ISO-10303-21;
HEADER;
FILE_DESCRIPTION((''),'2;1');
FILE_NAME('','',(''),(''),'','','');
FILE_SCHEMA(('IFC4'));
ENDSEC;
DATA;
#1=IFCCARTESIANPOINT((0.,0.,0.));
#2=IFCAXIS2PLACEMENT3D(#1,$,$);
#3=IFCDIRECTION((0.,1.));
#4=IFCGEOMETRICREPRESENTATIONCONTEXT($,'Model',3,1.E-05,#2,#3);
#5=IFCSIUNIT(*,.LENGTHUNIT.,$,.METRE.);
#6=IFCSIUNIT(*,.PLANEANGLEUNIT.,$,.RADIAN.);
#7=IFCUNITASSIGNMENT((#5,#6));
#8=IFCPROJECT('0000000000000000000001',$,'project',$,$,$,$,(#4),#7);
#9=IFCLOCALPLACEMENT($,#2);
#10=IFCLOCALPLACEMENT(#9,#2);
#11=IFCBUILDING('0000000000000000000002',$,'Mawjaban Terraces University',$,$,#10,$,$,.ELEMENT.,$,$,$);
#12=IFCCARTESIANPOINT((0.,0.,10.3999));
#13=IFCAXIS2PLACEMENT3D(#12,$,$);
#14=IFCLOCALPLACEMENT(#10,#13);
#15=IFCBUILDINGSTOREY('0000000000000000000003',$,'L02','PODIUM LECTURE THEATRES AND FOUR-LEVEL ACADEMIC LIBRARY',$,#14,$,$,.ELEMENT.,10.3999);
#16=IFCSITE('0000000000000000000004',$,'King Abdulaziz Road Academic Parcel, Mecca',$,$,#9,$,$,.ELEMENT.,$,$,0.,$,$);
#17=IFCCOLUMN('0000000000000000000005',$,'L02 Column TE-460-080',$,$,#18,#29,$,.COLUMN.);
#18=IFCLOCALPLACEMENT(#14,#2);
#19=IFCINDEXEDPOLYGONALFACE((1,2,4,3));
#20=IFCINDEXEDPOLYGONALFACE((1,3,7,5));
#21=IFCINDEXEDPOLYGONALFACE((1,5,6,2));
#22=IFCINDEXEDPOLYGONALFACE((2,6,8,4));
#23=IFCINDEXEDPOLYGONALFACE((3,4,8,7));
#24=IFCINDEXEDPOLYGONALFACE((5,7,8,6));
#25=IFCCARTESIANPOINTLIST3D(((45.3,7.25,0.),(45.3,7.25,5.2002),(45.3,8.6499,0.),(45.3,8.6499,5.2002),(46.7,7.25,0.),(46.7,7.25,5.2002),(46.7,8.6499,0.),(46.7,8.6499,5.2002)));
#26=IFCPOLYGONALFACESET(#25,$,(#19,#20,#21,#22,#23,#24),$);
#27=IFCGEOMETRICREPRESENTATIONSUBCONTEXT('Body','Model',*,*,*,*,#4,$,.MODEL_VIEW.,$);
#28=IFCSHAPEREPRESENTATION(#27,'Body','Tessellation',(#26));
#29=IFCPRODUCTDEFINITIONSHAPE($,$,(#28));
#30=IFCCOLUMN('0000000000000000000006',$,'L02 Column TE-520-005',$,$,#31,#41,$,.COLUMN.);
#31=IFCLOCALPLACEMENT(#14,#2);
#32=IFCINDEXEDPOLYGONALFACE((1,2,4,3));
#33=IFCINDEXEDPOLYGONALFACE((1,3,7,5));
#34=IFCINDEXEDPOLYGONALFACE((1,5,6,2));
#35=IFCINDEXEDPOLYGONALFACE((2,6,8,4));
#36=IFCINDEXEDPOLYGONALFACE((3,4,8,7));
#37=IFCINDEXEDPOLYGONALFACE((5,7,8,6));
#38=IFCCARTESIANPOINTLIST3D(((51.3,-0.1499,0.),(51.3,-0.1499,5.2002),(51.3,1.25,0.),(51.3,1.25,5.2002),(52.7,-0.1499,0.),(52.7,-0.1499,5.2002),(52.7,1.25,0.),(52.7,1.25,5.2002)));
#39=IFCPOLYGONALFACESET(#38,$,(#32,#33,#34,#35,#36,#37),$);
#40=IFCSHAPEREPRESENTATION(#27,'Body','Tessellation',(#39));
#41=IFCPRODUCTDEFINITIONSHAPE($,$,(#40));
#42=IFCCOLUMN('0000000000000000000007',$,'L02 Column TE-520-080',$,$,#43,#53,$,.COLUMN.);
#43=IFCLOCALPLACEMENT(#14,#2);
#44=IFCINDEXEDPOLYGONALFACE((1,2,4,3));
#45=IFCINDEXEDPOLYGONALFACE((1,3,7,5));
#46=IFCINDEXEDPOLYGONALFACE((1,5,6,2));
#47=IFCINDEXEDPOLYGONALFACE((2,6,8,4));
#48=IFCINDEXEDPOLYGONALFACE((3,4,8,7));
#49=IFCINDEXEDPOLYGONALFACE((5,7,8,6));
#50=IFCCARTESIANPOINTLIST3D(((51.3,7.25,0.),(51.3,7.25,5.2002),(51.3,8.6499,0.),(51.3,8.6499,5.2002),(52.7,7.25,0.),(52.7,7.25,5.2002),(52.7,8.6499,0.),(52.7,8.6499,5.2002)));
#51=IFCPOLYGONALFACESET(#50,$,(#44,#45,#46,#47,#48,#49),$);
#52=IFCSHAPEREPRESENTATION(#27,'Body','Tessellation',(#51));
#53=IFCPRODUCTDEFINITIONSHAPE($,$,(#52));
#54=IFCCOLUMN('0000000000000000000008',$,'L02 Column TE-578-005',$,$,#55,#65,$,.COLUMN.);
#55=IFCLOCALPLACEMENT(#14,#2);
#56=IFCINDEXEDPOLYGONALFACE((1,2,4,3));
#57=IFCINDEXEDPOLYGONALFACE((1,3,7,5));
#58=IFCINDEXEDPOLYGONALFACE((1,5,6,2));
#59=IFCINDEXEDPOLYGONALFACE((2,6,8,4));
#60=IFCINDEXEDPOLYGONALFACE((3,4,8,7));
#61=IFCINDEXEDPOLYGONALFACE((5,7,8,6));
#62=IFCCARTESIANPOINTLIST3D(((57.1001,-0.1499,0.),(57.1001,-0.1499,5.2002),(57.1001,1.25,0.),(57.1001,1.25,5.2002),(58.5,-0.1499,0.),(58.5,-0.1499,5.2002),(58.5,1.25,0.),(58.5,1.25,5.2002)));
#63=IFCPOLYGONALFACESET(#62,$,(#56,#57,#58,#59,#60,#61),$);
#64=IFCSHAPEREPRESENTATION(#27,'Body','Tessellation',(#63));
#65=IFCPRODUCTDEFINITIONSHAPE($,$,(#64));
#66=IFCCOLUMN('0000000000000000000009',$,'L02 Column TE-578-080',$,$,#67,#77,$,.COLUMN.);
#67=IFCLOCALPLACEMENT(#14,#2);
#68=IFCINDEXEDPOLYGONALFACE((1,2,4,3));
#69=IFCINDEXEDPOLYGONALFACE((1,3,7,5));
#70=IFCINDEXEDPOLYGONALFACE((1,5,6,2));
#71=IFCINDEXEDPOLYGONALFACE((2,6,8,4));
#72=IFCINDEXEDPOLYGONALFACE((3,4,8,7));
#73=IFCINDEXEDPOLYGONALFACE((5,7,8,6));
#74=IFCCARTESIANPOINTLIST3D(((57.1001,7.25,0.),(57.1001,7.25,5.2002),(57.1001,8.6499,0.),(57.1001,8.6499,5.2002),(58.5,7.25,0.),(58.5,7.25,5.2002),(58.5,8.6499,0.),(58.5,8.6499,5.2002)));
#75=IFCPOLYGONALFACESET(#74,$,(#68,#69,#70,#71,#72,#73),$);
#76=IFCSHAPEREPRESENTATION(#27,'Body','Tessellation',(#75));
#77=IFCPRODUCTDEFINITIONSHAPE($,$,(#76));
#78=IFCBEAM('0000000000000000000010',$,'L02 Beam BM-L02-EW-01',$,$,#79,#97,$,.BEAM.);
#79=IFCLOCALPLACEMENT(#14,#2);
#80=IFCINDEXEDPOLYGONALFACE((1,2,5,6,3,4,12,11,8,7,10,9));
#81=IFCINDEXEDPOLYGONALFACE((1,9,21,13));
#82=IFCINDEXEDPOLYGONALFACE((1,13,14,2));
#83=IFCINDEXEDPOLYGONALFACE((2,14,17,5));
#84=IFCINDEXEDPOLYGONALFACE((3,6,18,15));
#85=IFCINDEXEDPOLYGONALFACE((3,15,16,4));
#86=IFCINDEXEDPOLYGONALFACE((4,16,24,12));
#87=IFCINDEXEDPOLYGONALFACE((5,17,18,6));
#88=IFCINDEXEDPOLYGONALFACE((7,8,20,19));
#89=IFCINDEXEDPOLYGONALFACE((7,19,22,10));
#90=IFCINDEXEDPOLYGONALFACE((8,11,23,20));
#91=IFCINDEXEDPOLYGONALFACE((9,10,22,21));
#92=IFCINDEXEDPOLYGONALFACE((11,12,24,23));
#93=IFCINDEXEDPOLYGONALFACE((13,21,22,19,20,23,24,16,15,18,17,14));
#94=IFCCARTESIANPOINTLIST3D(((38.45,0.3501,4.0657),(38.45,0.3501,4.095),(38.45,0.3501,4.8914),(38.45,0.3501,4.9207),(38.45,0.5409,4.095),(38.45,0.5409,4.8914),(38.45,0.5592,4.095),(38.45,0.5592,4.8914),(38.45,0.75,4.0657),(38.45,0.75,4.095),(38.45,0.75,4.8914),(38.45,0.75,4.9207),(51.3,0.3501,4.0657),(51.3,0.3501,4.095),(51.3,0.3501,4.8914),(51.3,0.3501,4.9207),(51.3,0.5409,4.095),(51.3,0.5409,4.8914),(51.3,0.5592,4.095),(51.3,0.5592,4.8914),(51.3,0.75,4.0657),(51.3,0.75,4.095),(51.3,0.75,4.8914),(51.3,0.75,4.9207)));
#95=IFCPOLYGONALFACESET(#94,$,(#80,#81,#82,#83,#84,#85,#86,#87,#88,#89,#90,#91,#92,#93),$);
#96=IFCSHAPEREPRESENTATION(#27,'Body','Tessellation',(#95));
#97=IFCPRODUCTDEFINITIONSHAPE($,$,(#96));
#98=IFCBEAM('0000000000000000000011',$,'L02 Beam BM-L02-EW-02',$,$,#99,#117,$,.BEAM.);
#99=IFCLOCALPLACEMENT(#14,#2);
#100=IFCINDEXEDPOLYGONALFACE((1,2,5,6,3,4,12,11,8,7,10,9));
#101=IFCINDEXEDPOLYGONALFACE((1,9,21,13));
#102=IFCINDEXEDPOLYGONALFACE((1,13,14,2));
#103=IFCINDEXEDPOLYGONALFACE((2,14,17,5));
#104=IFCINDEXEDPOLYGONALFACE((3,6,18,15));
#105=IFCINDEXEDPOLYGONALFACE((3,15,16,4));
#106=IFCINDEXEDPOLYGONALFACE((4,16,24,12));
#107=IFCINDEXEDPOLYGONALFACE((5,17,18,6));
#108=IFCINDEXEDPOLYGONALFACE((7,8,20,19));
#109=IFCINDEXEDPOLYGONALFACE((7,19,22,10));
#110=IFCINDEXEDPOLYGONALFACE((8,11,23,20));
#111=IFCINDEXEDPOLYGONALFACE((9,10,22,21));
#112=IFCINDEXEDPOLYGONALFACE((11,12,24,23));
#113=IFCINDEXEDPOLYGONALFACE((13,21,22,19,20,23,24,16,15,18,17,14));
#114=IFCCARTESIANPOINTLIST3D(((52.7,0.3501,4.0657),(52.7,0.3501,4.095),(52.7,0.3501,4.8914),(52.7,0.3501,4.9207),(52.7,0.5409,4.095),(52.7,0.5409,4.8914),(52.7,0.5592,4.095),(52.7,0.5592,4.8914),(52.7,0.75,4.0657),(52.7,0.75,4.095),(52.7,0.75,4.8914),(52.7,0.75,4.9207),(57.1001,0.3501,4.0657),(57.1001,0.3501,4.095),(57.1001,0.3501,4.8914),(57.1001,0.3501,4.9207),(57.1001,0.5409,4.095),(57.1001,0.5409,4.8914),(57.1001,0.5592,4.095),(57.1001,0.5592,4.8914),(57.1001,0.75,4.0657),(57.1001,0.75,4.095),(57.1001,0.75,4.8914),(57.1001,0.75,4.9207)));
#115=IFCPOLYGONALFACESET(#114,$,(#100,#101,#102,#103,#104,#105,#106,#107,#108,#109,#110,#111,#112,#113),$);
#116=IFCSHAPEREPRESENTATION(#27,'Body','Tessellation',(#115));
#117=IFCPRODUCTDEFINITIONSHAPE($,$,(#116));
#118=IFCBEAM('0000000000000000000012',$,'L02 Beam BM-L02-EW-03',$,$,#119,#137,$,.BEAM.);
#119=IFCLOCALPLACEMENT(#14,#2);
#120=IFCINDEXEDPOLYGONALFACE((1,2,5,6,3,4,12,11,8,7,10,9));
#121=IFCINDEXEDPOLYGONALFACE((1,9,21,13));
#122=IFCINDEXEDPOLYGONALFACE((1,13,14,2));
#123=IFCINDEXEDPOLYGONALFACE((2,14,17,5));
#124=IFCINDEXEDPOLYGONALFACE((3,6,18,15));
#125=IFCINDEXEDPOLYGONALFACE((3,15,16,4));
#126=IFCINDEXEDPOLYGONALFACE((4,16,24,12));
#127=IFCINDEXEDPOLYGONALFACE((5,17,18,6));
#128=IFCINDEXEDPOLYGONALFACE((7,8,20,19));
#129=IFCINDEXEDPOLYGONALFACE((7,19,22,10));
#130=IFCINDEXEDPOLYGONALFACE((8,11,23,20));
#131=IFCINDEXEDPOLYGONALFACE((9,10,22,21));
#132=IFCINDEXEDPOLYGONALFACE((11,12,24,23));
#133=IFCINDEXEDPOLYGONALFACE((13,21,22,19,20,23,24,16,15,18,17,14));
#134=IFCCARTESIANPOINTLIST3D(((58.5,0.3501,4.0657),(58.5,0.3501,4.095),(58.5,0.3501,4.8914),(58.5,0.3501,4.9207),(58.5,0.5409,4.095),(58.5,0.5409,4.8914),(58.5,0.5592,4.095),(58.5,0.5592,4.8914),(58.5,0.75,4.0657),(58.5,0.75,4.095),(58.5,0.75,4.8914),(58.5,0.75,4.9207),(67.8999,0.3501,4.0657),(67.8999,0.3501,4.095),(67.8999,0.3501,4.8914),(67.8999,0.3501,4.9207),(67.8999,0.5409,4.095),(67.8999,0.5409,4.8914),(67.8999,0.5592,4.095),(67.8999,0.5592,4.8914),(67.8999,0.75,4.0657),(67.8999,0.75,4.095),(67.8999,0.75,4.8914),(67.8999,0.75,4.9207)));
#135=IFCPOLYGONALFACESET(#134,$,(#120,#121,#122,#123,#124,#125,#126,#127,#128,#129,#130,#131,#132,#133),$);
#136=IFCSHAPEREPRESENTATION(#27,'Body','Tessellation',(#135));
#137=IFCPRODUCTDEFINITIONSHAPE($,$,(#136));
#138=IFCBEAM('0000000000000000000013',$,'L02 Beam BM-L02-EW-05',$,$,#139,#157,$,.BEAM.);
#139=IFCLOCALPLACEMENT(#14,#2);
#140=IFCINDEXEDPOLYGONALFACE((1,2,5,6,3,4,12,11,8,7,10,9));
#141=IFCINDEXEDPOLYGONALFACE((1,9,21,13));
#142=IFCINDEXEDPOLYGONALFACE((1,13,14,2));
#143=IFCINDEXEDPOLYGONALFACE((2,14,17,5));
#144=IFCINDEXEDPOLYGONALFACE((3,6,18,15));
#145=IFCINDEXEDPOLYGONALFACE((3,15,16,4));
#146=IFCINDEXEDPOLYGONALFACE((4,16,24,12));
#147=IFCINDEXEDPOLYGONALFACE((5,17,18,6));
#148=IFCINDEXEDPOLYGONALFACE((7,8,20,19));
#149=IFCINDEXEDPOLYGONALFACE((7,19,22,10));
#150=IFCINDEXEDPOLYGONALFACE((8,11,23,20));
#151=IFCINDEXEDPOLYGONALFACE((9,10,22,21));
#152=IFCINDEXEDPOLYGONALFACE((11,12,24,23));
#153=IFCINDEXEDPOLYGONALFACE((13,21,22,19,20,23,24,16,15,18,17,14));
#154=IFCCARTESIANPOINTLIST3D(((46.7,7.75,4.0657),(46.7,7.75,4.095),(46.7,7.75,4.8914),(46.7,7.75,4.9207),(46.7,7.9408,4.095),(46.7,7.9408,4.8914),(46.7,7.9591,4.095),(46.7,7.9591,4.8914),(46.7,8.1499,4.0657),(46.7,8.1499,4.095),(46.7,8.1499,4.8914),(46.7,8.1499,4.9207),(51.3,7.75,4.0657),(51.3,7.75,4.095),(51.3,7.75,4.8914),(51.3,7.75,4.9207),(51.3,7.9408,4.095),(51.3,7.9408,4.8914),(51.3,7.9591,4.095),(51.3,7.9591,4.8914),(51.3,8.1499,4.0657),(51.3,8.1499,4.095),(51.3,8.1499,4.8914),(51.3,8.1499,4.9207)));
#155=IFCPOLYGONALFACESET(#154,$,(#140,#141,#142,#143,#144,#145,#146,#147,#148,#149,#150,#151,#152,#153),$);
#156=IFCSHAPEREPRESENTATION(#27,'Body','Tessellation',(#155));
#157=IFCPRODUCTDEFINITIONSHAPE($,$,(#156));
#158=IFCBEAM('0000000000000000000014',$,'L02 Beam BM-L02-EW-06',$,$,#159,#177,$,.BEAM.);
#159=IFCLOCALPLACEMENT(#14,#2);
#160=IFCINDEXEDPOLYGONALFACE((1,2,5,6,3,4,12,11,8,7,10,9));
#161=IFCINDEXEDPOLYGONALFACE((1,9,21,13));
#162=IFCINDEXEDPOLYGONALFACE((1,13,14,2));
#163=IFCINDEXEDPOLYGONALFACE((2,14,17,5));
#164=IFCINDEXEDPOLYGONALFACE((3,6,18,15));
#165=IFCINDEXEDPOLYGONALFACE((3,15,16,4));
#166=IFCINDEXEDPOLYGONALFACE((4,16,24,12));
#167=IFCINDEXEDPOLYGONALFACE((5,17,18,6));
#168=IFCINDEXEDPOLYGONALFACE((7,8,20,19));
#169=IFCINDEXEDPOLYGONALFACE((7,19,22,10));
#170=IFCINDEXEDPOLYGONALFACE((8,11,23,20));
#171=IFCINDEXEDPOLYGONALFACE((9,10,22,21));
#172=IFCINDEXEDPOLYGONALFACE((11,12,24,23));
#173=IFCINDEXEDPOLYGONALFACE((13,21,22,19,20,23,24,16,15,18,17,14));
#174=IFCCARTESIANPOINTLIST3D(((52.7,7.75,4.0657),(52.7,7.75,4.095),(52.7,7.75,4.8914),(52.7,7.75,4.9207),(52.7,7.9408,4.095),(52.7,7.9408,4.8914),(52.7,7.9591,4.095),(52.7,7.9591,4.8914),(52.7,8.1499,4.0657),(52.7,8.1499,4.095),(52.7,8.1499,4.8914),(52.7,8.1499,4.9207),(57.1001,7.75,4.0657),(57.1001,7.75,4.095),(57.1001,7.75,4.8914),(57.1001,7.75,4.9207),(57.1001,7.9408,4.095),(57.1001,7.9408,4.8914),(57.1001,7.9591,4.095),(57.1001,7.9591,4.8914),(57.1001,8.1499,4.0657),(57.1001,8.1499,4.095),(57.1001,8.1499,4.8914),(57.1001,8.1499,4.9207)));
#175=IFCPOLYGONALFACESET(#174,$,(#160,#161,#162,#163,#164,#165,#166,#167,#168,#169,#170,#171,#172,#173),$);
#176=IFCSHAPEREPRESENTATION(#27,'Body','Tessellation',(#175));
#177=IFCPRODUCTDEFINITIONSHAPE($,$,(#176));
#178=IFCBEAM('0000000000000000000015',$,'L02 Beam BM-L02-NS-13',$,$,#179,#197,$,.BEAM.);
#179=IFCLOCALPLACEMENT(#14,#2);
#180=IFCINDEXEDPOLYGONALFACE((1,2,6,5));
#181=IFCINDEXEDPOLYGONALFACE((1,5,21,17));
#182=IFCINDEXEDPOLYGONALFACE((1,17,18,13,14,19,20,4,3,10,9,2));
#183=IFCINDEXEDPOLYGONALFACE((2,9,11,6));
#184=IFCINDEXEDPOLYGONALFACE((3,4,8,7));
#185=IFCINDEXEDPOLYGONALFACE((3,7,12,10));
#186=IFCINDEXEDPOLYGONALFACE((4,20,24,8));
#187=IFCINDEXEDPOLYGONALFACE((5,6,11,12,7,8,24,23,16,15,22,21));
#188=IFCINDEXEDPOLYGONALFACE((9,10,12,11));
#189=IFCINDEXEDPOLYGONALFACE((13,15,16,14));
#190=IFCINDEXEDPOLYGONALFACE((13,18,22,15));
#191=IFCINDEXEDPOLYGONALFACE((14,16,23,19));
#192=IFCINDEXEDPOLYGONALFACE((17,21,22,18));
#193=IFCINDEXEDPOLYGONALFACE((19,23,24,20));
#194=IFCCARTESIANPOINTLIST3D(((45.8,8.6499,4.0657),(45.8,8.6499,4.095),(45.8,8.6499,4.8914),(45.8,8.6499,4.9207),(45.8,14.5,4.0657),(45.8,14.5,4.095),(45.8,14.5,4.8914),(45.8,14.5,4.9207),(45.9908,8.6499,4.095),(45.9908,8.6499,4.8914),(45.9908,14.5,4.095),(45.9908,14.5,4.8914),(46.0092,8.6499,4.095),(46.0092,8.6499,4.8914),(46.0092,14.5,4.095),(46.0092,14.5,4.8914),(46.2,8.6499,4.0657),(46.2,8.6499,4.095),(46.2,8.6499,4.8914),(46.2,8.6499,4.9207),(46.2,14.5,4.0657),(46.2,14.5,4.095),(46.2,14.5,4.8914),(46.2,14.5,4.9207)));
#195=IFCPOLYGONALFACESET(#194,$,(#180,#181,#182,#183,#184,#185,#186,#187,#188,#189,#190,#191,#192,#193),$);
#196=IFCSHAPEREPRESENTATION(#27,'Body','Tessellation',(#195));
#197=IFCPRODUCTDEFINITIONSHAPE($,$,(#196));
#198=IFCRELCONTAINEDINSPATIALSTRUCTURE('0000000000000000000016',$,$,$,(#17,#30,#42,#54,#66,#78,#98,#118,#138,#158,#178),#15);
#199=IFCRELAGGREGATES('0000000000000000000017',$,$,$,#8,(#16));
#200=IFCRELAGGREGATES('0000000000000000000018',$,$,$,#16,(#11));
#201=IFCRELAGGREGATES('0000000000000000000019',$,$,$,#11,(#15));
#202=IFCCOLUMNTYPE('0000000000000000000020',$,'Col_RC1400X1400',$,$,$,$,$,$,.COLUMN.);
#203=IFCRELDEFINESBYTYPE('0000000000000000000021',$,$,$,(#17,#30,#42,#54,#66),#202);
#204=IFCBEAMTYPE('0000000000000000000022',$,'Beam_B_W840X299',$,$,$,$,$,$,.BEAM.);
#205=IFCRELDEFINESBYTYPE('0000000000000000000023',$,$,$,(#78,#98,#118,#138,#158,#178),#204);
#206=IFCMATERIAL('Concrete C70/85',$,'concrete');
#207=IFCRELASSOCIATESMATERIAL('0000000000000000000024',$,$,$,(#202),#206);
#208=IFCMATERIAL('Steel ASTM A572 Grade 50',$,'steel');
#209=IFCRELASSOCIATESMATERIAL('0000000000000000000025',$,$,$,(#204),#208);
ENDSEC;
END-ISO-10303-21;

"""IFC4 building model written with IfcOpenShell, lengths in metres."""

from ifc_helpers import new_model, si_unit, direction, frame, origin, origin_2d, place, context, subcontext, project, spatial, rectangle, i_section, extrude, material, material_profile, profile_set, type_object, element, save


model = new_model("IFC4")

# Units and contexts
model_context = context("Model", 3, precision=1e-05, world=origin(), true_north=direction((0.0, 1.0)))
body_context = subcontext(model_context, "Body", "Model", "MODEL_VIEW")
ifc_project = project(units=[si_unit("LENGTHUNIT", "METRE"), si_unit("PLANEANGLEUNIT", "RADIAN")], contexts=[model_context])

# Site, building, storey
site_placement = place(None, origin())
site = spatial("IfcSite", under=ifc_project, at=site_placement, Name="King Abdulaziz Road Academic Parcel, Mecca", CompositionType="ELEMENT", RefElevation=0.0)
building_placement = place(site_placement, origin())
building = spatial("IfcBuilding", under=site, at=building_placement, Name="Mawjaban Terraces University", CompositionType="ELEMENT")
storey_placement = place(building_placement, frame((0.0, 0.0, 10.3999)))
storey = spatial("IfcBuildingStorey", under=building, at=storey_placement, Name="L02", Description="PODIUM LECTURE THEATRES AND FOUR-LEVEL ACADEMIC LIBRARY", CompositionType="ELEMENT", Elevation=10.3999)

# Columns
ifc_material_1 = material(Name="Concrete C70/85", Category="concrete")
ifc_material_profile_1 = material_profile(ifc_material_1, rectangle(XDim=1.3999, YDim=1.3999, at=origin_2d()), Name="RC1400X1400")
ifc_profile_set_1 = profile_set([ifc_material_profile_1], Name="Concrete C70/85")
column_type = type_object("IfcColumnType", Name="Col_RC1400X1400", PredefinedType="COLUMN", material=ifc_profile_set_1)
for number, where, z_axis, x_axis, name in (
    (1, (46.0, 7.95, 0.0), (0.0, 0.0, 1.0), (1.0, 0.0, 0.0), "L02 Column TE-460-080"),
    (2, (52.0, 0.55, 0.0), (0.0, 0.0, 1.0), (1.0, 0.0, 0.0), "L02 Column TE-520-005"),
    (3, (52.0, 7.95, 0.0), (0.0, 0.0, 1.0), (1.0, 0.0, 0.0), "L02 Column TE-520-080"),
    (4, (57.8, 0.55, 0.0), (0.0, 0.0, 1.0), (1.0, 0.0, 0.0), "L02 Column TE-578-005"),
    (5, (57.8, 7.95, 0.0), (0.0, 0.0, 1.0), (1.0, 0.0, 0.0), "L02 Column TE-578-080"),
):
    element("IfcColumn", number, at=place(storey_placement, frame(where, z_axis=z_axis, x_axis=x_axis)), inside=storey, type_object=column_type, Name=name, PredefinedType="COLUMN", context=body_context, shape_type="SweptSolid", body=[
        extrude(rectangle(XDim=1.3999, YDim=1.3999, at=origin_2d()), origin(), (0.0, 0.0, 1.0), 5.2002),
    ])

# Beams
ifc_material_2 = material(Name="Steel ASTM A572 Grade 50", Category="steel")
ifc_material_profile_2 = material_profile(ifc_material_2, i_section(OverallWidth=0.3999, OverallDepth=0.855, WebThickness=0.0183, FlangeThickness=0.0293, at=origin_2d()), Name="W840X299")
ifc_profile_set_2 = profile_set([ifc_material_profile_2], Name="Steel ASTM A572 Grade 50")
beam_type_1 = type_object("IfcBeamType", Name="Beam_B_W840X299", PredefinedType="BEAM", material=ifc_profile_set_2)
beam_1_placement = place(storey_placement, frame((38.45, 0.55, 4.4932), z_axis=(1.0, 0.0, 0.0), x_axis=(0.0, 1.0, 0.0)))
element("IfcBeam", 6, at=beam_1_placement, inside=storey, type_object=beam_type_1, Name="L02 Beam BM-L02-EW-01", PredefinedType="BEAM", context=body_context, shape_type="SweptSolid", body=[
    extrude(i_section(OverallWidth=0.3999, OverallDepth=0.855, WebThickness=0.0183, FlangeThickness=0.0293, at=origin_2d()), origin(), (0.0, 0.0, 1.0), 12.8501),
])
beam_2_placement = place(storey_placement, frame((52.7, 0.55, 4.4932), z_axis=(1.0, 0.0, 0.0), x_axis=(0.0, 1.0, 0.0)))
element("IfcBeam", 7, at=beam_2_placement, inside=storey, type_object=beam_type_1, Name="L02 Beam BM-L02-EW-02", PredefinedType="BEAM", context=body_context, shape_type="SweptSolid", body=[
    extrude(i_section(OverallWidth=0.3999, OverallDepth=0.855, WebThickness=0.0183, FlangeThickness=0.0293, at=origin_2d()), origin(), (0.0, 0.0, 1.0), 4.4001),
])
beam_3_placement = place(storey_placement, frame((58.5, 0.55, 4.4932), z_axis=(1.0, 0.0, 0.0), x_axis=(0.0, 1.0, 0.0)))
element("IfcBeam", 8, at=beam_3_placement, inside=storey, type_object=beam_type_1, Name="L02 Beam BM-L02-EW-03", PredefinedType="BEAM", context=body_context, shape_type="SweptSolid", body=[
    extrude(i_section(OverallWidth=0.3999, OverallDepth=0.855, WebThickness=0.0183, FlangeThickness=0.0293, at=origin_2d()), origin(), (0.0, 0.0, 1.0), 9.3999),
])
beam_4_placement = place(storey_placement, frame((46.7, 7.95, 4.4932), z_axis=(1.0, 0.0, 0.0), x_axis=(0.0, 1.0, 0.0)))
element("IfcBeam", 9, at=beam_4_placement, inside=storey, type_object=beam_type_1, Name="L02 Beam BM-L02-EW-05", PredefinedType="BEAM", context=body_context, shape_type="SweptSolid", body=[
    extrude(i_section(OverallWidth=0.3999, OverallDepth=0.855, WebThickness=0.0183, FlangeThickness=0.0293, at=origin_2d()), origin(), (0.0, 0.0, 1.0), 4.6001),
])
beam_5_placement = place(storey_placement, frame((52.7, 7.95, 4.4932), z_axis=(1.0, 0.0, 0.0), x_axis=(0.0, 1.0, 0.0)))
element("IfcBeam", 10, at=beam_5_placement, inside=storey, type_object=beam_type_1, Name="L02 Beam BM-L02-EW-06", PredefinedType="BEAM", context=body_context, shape_type="SweptSolid", body=[
    extrude(i_section(OverallWidth=0.3999, OverallDepth=0.855, WebThickness=0.0183, FlangeThickness=0.0293, at=origin_2d()), origin(), (0.0, 0.0, 1.0), 4.4001),
])
beam_6_placement = place(storey_placement, frame((46.0, 8.6499, 4.4932), z_axis=(0.0, 1.0, 0.0), x_axis=(-1.0, 0.0, 0.0)))
element("IfcBeam", 11, at=beam_6_placement, inside=storey, type_object=beam_type_1, Name="L02 Beam BM-L02-NS-13", PredefinedType="BEAM", context=body_context, shape_type="SweptSolid", body=[
    extrude(i_section(OverallWidth=0.3999, OverallDepth=0.855, WebThickness=0.0183, FlangeThickness=0.0293, at=origin_2d()), origin(), (0.0, 0.0, 1.0), 5.8501),
])

save(model, "model.ifc")
